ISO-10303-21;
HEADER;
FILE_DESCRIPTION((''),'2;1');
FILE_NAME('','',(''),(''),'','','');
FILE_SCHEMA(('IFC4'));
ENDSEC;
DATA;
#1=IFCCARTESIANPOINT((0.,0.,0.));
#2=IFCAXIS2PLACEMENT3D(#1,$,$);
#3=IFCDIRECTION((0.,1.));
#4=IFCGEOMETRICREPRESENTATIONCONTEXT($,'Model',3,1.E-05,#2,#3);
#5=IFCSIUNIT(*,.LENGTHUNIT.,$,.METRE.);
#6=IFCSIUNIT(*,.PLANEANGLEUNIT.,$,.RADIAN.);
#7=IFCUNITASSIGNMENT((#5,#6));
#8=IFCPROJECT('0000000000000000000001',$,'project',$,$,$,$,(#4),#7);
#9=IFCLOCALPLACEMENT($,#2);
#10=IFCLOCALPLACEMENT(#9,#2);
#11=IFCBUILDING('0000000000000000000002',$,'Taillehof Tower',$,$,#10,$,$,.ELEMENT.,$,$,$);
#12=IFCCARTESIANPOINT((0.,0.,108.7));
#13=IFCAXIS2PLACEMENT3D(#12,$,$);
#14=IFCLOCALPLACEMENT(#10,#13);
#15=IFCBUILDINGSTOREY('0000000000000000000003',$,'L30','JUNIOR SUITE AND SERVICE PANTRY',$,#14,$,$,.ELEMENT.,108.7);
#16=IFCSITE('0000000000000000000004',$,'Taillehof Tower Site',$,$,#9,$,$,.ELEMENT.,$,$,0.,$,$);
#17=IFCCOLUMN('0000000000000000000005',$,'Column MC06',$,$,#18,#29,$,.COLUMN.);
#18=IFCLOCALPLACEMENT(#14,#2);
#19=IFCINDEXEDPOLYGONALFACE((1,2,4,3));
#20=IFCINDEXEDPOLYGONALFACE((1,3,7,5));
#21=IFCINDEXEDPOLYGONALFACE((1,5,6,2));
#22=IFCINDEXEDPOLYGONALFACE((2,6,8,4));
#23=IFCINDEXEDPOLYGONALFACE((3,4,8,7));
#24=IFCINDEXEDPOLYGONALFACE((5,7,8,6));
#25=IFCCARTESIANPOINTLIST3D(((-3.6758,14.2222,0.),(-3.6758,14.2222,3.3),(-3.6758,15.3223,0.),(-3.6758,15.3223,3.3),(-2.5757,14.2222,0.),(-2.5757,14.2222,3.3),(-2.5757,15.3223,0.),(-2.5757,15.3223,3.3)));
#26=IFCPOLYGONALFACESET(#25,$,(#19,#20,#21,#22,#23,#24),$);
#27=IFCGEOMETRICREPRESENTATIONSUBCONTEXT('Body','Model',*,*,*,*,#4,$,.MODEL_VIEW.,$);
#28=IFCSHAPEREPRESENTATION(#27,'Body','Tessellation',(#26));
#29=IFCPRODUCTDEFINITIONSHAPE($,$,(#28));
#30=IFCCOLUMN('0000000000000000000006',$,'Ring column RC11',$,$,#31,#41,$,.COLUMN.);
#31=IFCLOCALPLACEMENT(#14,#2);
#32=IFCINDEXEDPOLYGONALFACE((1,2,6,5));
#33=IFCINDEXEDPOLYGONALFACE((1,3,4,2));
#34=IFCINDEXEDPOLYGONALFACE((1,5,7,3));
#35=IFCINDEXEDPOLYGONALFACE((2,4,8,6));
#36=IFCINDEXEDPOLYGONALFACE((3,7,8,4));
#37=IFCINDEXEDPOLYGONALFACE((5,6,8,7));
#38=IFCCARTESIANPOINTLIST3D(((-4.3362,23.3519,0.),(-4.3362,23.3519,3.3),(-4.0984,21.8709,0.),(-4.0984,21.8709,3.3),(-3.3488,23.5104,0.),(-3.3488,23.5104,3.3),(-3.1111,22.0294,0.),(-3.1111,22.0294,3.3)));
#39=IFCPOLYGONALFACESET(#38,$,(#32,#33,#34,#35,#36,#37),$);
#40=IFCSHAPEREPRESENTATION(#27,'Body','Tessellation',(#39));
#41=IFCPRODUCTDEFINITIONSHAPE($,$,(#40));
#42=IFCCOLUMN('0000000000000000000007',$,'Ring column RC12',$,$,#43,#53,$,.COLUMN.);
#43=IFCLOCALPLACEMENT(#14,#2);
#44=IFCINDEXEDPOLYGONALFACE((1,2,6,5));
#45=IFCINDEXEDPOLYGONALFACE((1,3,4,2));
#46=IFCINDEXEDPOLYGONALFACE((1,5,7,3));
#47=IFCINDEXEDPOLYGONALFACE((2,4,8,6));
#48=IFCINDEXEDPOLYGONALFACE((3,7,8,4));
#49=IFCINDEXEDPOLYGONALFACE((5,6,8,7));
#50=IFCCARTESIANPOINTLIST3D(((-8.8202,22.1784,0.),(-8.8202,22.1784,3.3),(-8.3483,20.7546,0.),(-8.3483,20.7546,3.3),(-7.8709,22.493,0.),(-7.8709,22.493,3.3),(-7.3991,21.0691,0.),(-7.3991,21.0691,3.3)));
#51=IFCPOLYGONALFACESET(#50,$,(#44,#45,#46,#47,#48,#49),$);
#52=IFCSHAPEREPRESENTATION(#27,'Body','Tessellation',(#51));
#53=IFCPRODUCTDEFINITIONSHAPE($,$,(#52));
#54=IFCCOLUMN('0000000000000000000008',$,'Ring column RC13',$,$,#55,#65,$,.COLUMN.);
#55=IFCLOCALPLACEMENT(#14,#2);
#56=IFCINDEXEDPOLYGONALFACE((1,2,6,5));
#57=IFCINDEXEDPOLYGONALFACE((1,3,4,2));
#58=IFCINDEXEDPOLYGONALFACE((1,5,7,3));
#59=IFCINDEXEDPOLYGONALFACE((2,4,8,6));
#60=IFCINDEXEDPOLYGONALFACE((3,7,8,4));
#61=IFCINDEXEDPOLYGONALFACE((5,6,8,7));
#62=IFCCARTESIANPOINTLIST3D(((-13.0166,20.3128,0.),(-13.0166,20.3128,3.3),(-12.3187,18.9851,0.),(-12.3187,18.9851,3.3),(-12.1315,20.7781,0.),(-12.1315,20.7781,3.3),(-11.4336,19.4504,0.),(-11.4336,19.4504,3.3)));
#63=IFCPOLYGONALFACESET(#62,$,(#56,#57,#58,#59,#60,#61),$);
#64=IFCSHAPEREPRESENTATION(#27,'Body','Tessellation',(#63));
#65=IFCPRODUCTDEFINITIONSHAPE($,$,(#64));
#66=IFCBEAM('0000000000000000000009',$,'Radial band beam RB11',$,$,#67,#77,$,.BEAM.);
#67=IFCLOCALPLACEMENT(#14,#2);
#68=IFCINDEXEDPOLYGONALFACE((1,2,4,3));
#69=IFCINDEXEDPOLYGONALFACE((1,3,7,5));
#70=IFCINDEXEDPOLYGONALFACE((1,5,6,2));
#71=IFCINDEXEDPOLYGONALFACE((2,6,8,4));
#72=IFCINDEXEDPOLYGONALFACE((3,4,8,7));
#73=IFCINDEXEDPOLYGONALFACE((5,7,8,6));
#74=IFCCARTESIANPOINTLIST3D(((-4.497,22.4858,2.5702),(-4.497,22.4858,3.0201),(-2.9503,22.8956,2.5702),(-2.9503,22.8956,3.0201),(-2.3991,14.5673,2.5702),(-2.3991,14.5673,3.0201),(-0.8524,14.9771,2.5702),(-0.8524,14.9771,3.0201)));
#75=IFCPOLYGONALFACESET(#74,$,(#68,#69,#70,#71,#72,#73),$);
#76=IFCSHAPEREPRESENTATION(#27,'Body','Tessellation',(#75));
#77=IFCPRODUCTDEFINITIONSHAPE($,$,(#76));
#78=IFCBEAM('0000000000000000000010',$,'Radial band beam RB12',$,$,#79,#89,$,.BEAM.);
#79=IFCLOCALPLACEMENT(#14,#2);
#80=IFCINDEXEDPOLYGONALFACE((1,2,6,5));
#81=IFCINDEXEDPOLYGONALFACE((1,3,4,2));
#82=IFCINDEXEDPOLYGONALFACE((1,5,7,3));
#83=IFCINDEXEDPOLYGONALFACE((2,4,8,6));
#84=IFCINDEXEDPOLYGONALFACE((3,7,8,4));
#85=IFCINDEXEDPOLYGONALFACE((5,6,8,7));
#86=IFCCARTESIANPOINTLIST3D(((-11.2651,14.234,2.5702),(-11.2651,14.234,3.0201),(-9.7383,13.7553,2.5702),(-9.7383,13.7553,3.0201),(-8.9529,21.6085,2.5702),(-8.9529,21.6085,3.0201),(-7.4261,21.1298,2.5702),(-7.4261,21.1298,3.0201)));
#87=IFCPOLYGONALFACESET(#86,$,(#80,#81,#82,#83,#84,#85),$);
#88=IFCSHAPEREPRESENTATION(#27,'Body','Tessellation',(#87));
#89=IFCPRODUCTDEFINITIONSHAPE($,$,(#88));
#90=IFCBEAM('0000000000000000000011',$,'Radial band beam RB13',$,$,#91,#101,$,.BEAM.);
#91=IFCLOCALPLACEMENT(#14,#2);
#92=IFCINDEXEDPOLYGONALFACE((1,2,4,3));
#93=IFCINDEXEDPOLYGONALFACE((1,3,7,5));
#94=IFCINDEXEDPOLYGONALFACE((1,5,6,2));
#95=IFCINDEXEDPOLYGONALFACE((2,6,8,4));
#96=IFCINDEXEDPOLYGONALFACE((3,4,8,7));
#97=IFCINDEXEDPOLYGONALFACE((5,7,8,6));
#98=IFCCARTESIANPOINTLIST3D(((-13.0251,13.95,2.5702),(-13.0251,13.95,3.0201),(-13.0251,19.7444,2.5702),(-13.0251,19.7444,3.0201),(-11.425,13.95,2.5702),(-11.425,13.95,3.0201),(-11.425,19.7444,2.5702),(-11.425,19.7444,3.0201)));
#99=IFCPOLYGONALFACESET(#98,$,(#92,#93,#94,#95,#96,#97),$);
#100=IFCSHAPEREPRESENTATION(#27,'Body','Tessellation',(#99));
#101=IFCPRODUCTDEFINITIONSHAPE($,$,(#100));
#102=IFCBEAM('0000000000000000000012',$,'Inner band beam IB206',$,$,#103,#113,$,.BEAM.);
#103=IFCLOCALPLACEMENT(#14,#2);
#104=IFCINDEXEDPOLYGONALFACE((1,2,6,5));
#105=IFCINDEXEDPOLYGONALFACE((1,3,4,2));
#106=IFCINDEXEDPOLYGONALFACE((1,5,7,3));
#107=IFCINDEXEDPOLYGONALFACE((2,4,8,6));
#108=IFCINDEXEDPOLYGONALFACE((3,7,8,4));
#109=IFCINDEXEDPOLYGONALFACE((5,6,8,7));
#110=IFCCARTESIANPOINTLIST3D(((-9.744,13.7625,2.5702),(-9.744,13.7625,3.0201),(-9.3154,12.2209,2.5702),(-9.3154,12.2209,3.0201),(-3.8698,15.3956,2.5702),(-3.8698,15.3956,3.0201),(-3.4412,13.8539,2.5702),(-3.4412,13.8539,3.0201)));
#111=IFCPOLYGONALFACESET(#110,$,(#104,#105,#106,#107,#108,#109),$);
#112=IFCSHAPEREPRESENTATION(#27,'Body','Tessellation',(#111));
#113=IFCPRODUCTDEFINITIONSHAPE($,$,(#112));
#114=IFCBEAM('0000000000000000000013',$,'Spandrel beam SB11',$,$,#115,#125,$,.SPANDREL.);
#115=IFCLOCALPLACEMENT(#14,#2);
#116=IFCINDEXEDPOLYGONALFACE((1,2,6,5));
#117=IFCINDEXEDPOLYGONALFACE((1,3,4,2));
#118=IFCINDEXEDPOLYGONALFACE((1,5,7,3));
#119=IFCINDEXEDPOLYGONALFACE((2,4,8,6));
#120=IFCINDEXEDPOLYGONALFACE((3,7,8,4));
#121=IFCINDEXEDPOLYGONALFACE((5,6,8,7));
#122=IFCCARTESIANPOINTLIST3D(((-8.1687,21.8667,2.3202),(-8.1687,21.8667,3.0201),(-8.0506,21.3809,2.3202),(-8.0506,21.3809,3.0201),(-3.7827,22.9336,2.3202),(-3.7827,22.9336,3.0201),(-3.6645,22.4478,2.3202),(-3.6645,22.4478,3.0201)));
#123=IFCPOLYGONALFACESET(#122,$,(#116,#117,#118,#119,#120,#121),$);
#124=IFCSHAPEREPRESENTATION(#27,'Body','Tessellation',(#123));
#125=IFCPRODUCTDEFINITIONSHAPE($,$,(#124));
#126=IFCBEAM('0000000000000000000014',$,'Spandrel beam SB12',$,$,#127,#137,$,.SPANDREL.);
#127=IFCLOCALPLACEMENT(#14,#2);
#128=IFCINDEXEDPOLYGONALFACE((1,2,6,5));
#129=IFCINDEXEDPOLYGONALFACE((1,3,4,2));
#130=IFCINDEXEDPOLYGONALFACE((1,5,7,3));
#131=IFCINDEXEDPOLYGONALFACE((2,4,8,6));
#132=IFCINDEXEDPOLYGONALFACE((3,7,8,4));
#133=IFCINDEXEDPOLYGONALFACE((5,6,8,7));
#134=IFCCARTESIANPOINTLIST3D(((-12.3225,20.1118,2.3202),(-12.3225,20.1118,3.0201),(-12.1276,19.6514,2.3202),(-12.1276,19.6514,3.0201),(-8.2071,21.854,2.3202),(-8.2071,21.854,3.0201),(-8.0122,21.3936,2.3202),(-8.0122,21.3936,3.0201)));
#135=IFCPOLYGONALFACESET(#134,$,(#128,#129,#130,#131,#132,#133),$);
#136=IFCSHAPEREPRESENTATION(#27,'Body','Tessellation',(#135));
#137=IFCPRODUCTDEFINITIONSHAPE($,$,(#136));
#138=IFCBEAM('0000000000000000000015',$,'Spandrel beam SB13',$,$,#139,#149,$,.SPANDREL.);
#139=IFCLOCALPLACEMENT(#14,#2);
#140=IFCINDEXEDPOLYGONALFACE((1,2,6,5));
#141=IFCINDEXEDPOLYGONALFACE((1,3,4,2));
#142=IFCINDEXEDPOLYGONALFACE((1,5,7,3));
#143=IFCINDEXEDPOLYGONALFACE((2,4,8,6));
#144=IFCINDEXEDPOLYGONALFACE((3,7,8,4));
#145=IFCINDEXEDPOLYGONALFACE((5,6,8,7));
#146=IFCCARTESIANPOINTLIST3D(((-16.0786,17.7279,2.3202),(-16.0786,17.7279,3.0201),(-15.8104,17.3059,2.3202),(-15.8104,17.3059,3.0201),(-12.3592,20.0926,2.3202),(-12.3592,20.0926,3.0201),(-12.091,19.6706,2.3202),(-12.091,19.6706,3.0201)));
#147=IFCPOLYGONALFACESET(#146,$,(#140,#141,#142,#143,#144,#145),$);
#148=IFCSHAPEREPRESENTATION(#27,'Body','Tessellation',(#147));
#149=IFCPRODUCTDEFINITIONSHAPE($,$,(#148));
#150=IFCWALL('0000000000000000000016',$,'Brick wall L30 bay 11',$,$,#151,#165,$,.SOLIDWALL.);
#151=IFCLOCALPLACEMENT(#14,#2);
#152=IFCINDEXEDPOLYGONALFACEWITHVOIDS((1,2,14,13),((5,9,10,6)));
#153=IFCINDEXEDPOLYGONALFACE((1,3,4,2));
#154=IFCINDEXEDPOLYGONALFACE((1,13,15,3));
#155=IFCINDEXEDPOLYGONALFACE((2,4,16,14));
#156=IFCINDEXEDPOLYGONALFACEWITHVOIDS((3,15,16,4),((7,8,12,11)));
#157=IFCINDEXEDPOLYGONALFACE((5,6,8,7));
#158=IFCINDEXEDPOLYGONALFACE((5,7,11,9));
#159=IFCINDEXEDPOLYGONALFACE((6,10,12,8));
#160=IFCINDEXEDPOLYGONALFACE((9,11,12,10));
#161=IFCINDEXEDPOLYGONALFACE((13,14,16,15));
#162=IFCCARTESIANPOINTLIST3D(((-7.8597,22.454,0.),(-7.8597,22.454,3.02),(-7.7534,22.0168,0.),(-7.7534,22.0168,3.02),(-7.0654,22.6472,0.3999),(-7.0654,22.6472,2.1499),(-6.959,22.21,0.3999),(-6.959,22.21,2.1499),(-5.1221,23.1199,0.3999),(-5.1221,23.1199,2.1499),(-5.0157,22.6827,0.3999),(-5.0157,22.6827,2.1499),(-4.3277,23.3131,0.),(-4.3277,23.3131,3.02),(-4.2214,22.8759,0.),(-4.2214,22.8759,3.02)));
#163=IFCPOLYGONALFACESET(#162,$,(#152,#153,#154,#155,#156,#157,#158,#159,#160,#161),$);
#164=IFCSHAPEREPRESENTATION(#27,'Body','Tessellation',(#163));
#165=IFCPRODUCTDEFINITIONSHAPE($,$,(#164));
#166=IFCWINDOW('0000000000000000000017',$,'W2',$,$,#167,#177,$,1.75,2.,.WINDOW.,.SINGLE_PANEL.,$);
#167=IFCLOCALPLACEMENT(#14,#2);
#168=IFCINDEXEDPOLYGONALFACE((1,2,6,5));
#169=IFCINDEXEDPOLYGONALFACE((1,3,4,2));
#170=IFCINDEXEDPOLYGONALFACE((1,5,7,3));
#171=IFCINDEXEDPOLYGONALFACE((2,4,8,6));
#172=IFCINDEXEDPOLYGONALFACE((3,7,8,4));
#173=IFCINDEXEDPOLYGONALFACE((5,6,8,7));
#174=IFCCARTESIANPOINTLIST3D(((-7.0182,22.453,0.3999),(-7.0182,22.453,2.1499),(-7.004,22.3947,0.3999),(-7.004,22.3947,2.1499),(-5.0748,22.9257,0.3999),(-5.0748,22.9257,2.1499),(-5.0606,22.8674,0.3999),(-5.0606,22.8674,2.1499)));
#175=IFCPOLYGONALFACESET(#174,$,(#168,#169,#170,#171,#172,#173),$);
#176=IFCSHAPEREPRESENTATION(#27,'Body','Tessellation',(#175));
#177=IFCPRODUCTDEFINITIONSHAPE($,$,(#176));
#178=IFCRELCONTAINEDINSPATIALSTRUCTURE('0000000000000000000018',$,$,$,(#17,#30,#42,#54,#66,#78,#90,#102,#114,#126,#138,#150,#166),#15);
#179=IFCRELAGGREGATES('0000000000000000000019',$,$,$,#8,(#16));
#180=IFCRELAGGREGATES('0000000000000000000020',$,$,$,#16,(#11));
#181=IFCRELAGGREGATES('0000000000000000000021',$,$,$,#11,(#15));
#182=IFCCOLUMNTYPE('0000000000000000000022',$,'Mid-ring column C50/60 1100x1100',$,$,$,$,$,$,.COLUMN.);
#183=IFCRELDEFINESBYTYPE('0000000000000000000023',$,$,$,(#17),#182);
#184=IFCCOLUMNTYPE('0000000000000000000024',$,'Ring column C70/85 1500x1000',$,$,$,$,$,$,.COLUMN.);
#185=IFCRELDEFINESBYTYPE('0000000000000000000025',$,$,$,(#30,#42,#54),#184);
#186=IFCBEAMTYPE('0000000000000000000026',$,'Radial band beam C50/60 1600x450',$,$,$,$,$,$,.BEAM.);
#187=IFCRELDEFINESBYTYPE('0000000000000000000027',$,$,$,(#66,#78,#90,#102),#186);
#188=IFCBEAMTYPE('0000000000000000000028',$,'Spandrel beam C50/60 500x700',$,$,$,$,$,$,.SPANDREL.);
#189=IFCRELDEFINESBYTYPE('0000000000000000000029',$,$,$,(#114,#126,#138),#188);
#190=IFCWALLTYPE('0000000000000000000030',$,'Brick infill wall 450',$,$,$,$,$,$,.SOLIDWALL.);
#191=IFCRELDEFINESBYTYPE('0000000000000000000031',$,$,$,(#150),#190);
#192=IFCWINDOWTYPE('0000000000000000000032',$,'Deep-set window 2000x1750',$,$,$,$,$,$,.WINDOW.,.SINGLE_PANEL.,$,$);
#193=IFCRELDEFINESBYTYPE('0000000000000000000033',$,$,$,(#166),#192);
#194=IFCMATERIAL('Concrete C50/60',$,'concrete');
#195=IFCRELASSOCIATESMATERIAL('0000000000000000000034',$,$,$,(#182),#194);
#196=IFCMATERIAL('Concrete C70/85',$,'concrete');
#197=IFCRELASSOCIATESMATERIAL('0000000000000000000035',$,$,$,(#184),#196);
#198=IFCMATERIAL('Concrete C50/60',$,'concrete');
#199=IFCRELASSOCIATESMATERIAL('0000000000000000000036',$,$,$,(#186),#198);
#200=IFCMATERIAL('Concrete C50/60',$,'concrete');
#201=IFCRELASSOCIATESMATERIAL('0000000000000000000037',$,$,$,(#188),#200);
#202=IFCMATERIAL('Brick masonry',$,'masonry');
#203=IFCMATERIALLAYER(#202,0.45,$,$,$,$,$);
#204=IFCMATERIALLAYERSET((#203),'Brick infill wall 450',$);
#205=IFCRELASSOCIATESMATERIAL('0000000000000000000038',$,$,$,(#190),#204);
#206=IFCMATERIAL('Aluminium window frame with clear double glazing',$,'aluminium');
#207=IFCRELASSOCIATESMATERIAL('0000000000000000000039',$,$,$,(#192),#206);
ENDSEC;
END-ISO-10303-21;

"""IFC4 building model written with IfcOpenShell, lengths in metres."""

from ifc_helpers import new_model, si_unit, direction, frame, frame_2d, origin, origin_2d, place, context, subcontext, project, spatial, rectangle, extrude, material, layer, layer_set, material_profile, profile_set, type_object, element, fill, save


model = new_model("IFC4")

# Units and contexts
model_context = context("Model", 3, precision=1e-05, world=origin(), true_north=direction((0.0, 1.0)))
body_context = subcontext(model_context, "Body", "Model", "MODEL_VIEW")
ifc_project = project(units=[si_unit("LENGTHUNIT", "METRE"), si_unit("PLANEANGLEUNIT", "RADIAN")], contexts=[model_context])

# Site, building, storey
site_placement = place(None, origin())
site = spatial("IfcSite", under=ifc_project, at=site_placement, Name="Taillehof Tower Site", CompositionType="ELEMENT", RefElevation=0.0)
building_placement = place(site_placement, origin())
building = spatial("IfcBuilding", under=site, at=building_placement, Name="Taillehof Tower", CompositionType="ELEMENT")
storey_placement = place(building_placement, frame((0.0, 0.0, 108.7)))
storey = spatial("IfcBuildingStorey", under=building, at=storey_placement, Name="L30", Description="JUNIOR SUITE AND SERVICE PANTRY", CompositionType="ELEMENT", Elevation=108.7)

# Columns
ifc_material_1 = material(Name="Concrete C50/60", Category="concrete")
ifc_material_profile_1 = material_profile(ifc_material_1, rectangle(XDim=1.1001, YDim=1.1001, at=origin_2d()), Name="RC 1100x1100")
ifc_profile_set_1 = profile_set([ifc_material_profile_1], Name="Concrete C50/60")
column_type_1 = type_object("IfcColumnType", Name="Mid-ring column C50/60 1100x1100", PredefinedType="COLUMN", material=ifc_profile_set_1)
column_placement = place(storey_placement, frame((-3.1257, 14.7722, 0.0), z_axis=(0.0, 0.0, 1.0), x_axis=(1.0, 0.0, 0.0)))
element("IfcColumn", 1, at=column_placement, inside=storey, type_object=column_type_1, Name="Column MC06", PredefinedType="COLUMN", context=body_context, shape_type="SweptSolid", body=[
    extrude(rectangle(XDim=1.1001, YDim=1.1001, at=origin_2d()), origin(), (0.0, 0.0, 1.0), 3.3),
])
ifc_material_2 = material(Name="Concrete C70/85", Category="concrete")
ifc_material_profile_2 = material_profile(ifc_material_2, rectangle(XDim=1.5, YDim=1.0, at=origin_2d()), Name="RC 1500x1000")
ifc_profile_set_2 = profile_set([ifc_material_profile_2], Name="Concrete C70/85")
column_type_2 = type_object("IfcColumnType", Name="Ring column C70/85 1500x1000", PredefinedType="COLUMN", material=ifc_profile_set_2)
for number, where, z_axis, x_axis, name in (
    (2, (-3.7236, 22.6907, 0.0), (0.0, 0.0, 1.0), (-0.158507, 0.987358, 0.0), "Ring column RC11"),
    (3, (-8.1096, 21.6238, 0.0), (0.0, 0.0, 1.0), (-0.314555, 0.949239, 0.0), "Ring column RC12"),
    (4, (-12.2251, 19.8816, 0.0), (0.0, 0.0, 1.0), (-0.465283, 0.885162, 0.0), "Ring column RC13"),
):
    element("IfcColumn", number, at=place(storey_placement, frame(where, z_axis=z_axis, x_axis=x_axis)), inside=storey, type_object=column_type_2, Name=name, PredefinedType="COLUMN", context=body_context, shape_type="SweptSolid", body=[
        extrude(rectangle(XDim=1.5, YDim=1.0, at=origin_2d()), origin(), (0.0, 0.0, 1.0), 3.3),
    ])

# Beams
ifc_material_3 = material(Name="Concrete C50/60", Category="concrete")
ifc_material_profile_3 = material_profile(ifc_material_3, rectangle(XDim=1.6001, YDim=0.45, at=origin_2d()), Name="RC 1600x450")
ifc_profile_set_3 = profile_set([ifc_material_profile_3], Name="Concrete C50/60")
beam_type_1 = type_object("IfcBeamType", Name="Radial band beam C50/60 1600x450", PredefinedType="BEAM", material=ifc_profile_set_3)
beam_1_placement = place(storey_placement, frame((-3.7236, 22.6907, 2.7952), z_axis=(0.256102, -0.96665, 0.0), x_axis=(0.96665, 0.256102, 0.0)))
element("IfcBeam", 5, at=beam_1_placement, inside=storey, type_object=beam_type_1, Name="Radial band beam RB11", PredefinedType="BEAM", context=body_context, shape_type="SweptSolid", body=[
    extrude(rectangle(XDim=1.6001, YDim=0.45, at=origin_2d()), origin(), (0.0, 0.0, 1.0), 8.1917),
])
beam_2_placement = place(storey_placement, frame((-8.1895, 21.3691, 2.7952), z_axis=(-0.299185, -0.954195, 0.0), x_axis=(0.954195, -0.299185, 0.0)))
element("IfcBeam", 6, at=beam_2_placement, inside=storey, type_object=beam_type_1, Name="Radial band beam RB12", PredefinedType="BEAM", context=body_context, shape_type="SweptSolid", body=[
    extrude(rectangle(XDim=1.6001, YDim=0.45, at=origin_2d()), origin(), (0.0, 0.0, 1.0), 7.7285),
])
beam_3_placement = place(storey_placement, frame((-12.2251, 19.7444, 2.7952), z_axis=(0.0, -1.0, 0.0), x_axis=(1.0, 0.0, 0.0)))
element("IfcBeam", 7, at=beam_3_placement, inside=storey, type_object=beam_type_1, Name="Radial band beam RB13", PredefinedType="BEAM", context=body_context, shape_type="SweptSolid", body=[
    extrude(rectangle(XDim=1.6001, YDim=0.45, at=origin_2d()), origin(), (0.0, 0.0, 1.0), 5.7944),
])
beam_4_placement = place(storey_placement, frame((-3.6555, 14.6248, 2.7952), z_axis=(-0.963459, -0.267855, 0.0), x_axis=(0.267855, -0.963459, 0.0)))
element("IfcBeam", 8, at=beam_4_placement, inside=storey, type_object=beam_type_1, Name="Inner band beam IB206", PredefinedType="BEAM", context=body_context, shape_type="SweptSolid", body=[
    extrude(rectangle(XDim=1.6001, YDim=0.45, at=origin_2d()), origin(), (0.0, 0.0, 1.0), 6.0969),
])
ifc_material_4 = material(Name="Concrete C50/60", Category="concrete")
ifc_material_profile_4 = material_profile(ifc_material_4, rectangle(XDim=0.5, YDim=0.7, at=origin_2d()), Name="RC 500x700")
ifc_profile_set_4 = profile_set([ifc_material_profile_4], Name="Concrete C50/60")
beam_type_2 = type_object("IfcBeamType", Name="Spandrel beam C50/60 500x700", PredefinedType="SPANDREL", material=ifc_profile_set_4)
beam_5_placement = place(storey_placement, frame((-3.7236, 22.6907, 2.6702), z_axis=(-0.971666, -0.236358, 0.0), x_axis=(0.236358, -0.971666, 0.0)))
element("IfcBeam", 9, at=beam_5_placement, inside=storey, type_object=beam_type_2, Name="Spandrel beam SB11", PredefinedType="SPANDREL", context=body_context, shape_type="SweptSolid", body=[
    extrude(rectangle(XDim=0.5, YDim=0.7, at=origin_2d()), origin(), (0.0, 0.0, 1.0), 4.5139),
])
beam_6_placement = place(storey_placement, frame((-8.1096, 21.6238, 2.6702), z_axis=(-0.920885, -0.389834, 0.0), x_axis=(0.389834, -0.920885, 0.0)))
element("IfcBeam", 10, at=beam_6_placement, inside=storey, type_object=beam_type_2, Name="Spandrel beam SB12", PredefinedType="SPANDREL", context=body_context, shape_type="SweptSolid", body=[
    extrude(rectangle(XDim=0.5, YDim=0.7, at=origin_2d()), origin(), (0.0, 0.0, 1.0), 4.469),
])
beam_7_placement = place(storey_placement, frame((-12.2251, 19.8816, 2.6702), z_axis=(-0.843887, -0.536521, 0.0), x_axis=(0.536521, -0.843887, 0.0)))
element("IfcBeam", 11, at=beam_7_placement, inside=storey, type_object=beam_type_2, Name="Spandrel beam SB13", PredefinedType="SPANDREL", context=body_context, shape_type="SweptSolid", body=[
    extrude(rectangle(XDim=0.5, YDim=0.7, at=origin_2d()), origin(), (0.0, 0.0, 1.0), 4.4075),
])

# Wall, opening, window
ifc_material_5 = material(Name="Brick masonry", Category="masonry")
ifc_layer_1 = layer(ifc_material_5, 0.45)
ifc_layer_set_1 = layer_set([ifc_layer_1], Name="Brick infill wall 450")
wall_type_1 = type_object("IfcWallType", Name="Brick infill wall 450", PredefinedType="SOLIDWALL", material=ifc_layer_set_1)
wall_1_placement = place(storey_placement, frame((-4.2747, 23.0945, 0.0), z_axis=(0.0, 0.0, 1.0), x_axis=(-0.971668, -0.236352, 0.0)))
wall_1 = element("IfcWall", 12, at=wall_1_placement, inside=storey, type_object=wall_type_1, Name="Brick wall L30 bay 11", PredefinedType="SOLIDWALL", context=body_context, shape_type="SweptSolid", body=[
    extrude(rectangle(XDim=3.635, YDim=0.45, at=frame_2d((1.8174, 0.0))), origin(), (0.0, 0.0, 1.0), 3.02),
])
opening_1_placement = place(wall_1_placement, frame((0.8174, 0.0, 0.3999)))
opening_1 = element("IfcOpeningElement", 13, at=opening_1_placement, cuts=wall_1, PredefinedType="OPENING", context=body_context, shape_type="SweptSolid", body=[
    extrude(rectangle(XDim=2.0, YDim=1.75, at=frame_2d((1.0, 0.875))), frame((0.0, 0.2349, 0.0), z_axis=(0.0, -1.0, 0.0), x_axis=(1.0, 0.0, 0.0)), (0.0, 0.0, 1.0), 0.47),
])
ifc_material_6 = material(Name="Aluminium window frame with clear double glazing", Category="aluminium")
window_type = type_object("IfcWindowType", Name="Deep-set window 2000x1750", PartitioningType="SINGLE_PANEL", PredefinedType="WINDOW", material=ifc_material_6)
window_1_placement = place(opening_1_placement, origin())
window_1 = element("IfcWindow", 14, at=window_1_placement, inside=storey, type_object=window_type, Name="W2", OverallHeight=1.75, OverallWidth=2.0, PartitioningType="SINGLE_PANEL", PredefinedType="WINDOW", context=body_context, shape_type="SweptSolid", body=[
    extrude(rectangle(XDim=2.0, YDim=1.75, at=frame_2d((1.0, 0.875))), frame((0.0, 0.0349, 0.0), z_axis=(0.0, -1.0, 0.0), x_axis=(1.0, 0.0, 0.0)), (0.0, 0.0, 1.0), 0.0601),
])
fill(opening_1, window_1)

save(model, "model.ifc")
